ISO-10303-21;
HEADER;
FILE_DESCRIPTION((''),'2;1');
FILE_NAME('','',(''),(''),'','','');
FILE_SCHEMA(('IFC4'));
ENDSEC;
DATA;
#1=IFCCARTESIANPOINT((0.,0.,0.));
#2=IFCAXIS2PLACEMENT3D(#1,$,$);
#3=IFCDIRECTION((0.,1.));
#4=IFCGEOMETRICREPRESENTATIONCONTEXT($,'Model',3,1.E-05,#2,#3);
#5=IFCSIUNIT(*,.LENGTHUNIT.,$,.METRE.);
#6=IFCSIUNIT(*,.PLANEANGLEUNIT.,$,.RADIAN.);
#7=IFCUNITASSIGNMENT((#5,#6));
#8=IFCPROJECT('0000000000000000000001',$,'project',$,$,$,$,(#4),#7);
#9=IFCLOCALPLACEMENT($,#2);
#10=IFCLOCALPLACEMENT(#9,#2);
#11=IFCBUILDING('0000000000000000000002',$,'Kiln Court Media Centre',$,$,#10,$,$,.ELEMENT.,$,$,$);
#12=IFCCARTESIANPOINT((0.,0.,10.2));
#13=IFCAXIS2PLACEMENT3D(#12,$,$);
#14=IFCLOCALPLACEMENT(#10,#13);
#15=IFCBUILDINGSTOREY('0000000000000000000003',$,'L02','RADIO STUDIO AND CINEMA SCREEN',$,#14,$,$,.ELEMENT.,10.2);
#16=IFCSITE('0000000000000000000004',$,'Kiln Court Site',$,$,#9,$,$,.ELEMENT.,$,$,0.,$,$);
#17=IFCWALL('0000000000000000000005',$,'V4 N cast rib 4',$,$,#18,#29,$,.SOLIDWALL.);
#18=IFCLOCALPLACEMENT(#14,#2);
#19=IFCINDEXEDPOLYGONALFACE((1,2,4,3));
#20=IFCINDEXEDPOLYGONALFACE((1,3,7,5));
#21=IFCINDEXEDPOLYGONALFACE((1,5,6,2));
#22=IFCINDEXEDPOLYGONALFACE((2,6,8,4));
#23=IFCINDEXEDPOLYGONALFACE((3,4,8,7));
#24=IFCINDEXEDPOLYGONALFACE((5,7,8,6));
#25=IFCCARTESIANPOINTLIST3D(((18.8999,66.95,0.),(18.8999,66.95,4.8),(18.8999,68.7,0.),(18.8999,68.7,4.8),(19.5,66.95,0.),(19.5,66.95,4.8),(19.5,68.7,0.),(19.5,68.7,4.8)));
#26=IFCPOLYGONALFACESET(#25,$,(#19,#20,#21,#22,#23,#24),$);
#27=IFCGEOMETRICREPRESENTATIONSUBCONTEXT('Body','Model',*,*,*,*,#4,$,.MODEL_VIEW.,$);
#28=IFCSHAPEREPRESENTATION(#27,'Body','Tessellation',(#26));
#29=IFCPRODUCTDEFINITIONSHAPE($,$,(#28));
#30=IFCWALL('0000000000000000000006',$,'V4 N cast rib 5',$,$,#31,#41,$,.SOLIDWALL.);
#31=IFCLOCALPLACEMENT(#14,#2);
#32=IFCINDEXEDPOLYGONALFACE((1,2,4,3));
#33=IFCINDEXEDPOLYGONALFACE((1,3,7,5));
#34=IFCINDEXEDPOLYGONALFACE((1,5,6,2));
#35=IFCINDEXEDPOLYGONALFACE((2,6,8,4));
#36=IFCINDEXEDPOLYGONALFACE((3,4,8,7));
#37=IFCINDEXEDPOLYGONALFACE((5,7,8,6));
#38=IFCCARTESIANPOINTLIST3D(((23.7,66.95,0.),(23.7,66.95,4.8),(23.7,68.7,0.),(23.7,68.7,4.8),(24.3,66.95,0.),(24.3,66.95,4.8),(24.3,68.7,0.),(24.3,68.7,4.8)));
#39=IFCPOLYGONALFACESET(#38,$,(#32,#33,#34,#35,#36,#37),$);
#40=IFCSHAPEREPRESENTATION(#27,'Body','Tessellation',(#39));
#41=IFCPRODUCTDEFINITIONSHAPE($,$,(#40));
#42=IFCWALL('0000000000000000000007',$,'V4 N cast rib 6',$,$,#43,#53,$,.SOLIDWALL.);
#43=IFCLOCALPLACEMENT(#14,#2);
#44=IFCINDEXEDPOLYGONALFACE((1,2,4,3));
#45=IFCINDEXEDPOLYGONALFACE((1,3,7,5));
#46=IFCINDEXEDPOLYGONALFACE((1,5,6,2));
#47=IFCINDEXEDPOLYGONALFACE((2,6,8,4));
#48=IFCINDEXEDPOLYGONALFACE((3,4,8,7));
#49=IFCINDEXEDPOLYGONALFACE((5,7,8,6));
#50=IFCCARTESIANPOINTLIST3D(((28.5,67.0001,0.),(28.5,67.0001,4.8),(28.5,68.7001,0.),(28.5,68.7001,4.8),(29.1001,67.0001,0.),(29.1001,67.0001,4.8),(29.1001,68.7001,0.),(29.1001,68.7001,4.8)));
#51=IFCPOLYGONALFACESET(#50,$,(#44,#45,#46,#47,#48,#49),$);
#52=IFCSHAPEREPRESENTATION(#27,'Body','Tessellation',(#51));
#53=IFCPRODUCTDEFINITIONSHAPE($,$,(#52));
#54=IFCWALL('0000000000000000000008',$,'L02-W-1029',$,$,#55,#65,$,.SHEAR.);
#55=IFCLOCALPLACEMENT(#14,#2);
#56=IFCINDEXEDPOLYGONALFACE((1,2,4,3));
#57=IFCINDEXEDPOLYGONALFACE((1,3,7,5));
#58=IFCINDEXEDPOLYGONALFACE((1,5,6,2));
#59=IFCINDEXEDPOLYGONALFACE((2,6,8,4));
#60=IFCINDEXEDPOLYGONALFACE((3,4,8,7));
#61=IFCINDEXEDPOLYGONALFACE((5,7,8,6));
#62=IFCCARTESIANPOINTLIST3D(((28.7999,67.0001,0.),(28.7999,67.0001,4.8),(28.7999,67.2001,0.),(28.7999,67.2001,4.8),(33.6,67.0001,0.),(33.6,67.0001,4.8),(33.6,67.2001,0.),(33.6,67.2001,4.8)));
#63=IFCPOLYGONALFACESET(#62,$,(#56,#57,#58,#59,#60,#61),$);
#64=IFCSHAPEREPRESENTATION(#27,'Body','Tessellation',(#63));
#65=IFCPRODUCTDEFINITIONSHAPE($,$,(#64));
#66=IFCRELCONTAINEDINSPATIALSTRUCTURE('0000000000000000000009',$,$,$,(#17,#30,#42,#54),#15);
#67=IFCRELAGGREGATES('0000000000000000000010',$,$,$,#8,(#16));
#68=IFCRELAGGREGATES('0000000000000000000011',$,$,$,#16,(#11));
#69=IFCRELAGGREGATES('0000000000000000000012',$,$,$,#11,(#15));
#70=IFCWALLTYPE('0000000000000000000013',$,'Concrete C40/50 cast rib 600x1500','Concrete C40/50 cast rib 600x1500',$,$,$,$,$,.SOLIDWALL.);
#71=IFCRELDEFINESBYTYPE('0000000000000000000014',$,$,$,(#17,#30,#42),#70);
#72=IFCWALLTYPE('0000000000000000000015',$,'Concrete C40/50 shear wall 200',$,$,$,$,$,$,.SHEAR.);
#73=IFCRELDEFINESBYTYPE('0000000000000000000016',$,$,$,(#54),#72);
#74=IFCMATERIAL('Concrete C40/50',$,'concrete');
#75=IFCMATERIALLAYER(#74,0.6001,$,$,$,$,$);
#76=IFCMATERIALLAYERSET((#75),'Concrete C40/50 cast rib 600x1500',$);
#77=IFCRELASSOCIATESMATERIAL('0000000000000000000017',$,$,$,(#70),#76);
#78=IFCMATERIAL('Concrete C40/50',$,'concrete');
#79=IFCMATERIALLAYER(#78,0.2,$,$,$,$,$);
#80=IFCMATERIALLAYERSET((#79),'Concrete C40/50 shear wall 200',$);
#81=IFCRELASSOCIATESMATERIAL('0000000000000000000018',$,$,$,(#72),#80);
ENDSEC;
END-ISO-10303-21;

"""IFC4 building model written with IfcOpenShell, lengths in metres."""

from ifc_helpers import new_model, si_unit, direction, frame, frame_2d, origin, place, context, subcontext, project, spatial, rectangle, extrude, material, layer, layer_set, type_object, element, save


model = new_model("IFC4")

# Units and contexts
model_context = context("Model", 3, precision=1e-05, world=origin(), true_north=direction((0.0, 1.0)))
body_context = subcontext(model_context, "Body", "Model", "MODEL_VIEW")
ifc_project = project(units=[si_unit("LENGTHUNIT", "METRE"), si_unit("PLANEANGLEUNIT", "RADIAN")], contexts=[model_context])

# Site, building, storey
site_placement = place(None, origin())
site = spatial("IfcSite", under=ifc_project, at=site_placement, Name="Kiln Court Site", CompositionType="ELEMENT", RefElevation=0.0)
building_placement = place(site_placement, origin())
building = spatial("IfcBuilding", under=site, at=building_placement, Name="Kiln Court Media Centre", CompositionType="ELEMENT")
storey_placement = place(building_placement, frame((0.0, 0.0, 10.2)))
storey = spatial("IfcBuildingStorey", under=building, at=storey_placement, Name="L02", Description="RADIO STUDIO AND CINEMA SCREEN", CompositionType="ELEMENT", Elevation=10.2)

# Walls
ifc_material_1 = material(Name="Concrete C40/50", Category="concrete")
ifc_layer_1 = layer(ifc_material_1, 0.6001)
ifc_layer_set_1 = layer_set([ifc_layer_1], Name="Concrete C40/50 cast rib 600x1500")
wall_type_1 = type_object("IfcWallType", Name="Concrete C40/50 cast rib 600x1500", Description="Concrete C40/50 cast rib 600x1500", PredefinedType="SOLIDWALL", material=ifc_layer_set_1)
for number, where, z_axis, x_axis, name in (
    (1, (19.2, 66.95, 0.0), (0.0, 0.0, 1.0), (0.0, 1.0, 0.0), "V4 N cast rib 4"),
    (2, (24.0, 66.95, 0.0), (0.0, 0.0, 1.0), (0.0, 1.0, 0.0), "V4 N cast rib 5"),
):
    element("IfcWall", number, at=place(storey_placement, frame(where, z_axis=z_axis, x_axis=x_axis)), inside=storey, type_object=wall_type_1, Name=name, PredefinedType="SOLIDWALL", context=body_context, shape_type="SweptSolid", body=[
        extrude(rectangle(XDim=1.75, YDim=0.6001, at=frame_2d((0.875, 0.0))), origin(), (0.0, 0.0, 1.0), 4.8),
    ])
wall_1_placement = place(storey_placement, frame((28.8, 67.0, 0.0), z_axis=(0.0, 0.0, 1.0), x_axis=(0.0, 1.0, 0.0)))
element("IfcWall", 3, at=wall_1_placement, inside=storey, type_object=wall_type_1, Name="V4 N cast rib 6", PredefinedType="SOLIDWALL", context=body_context, shape_type="SweptSolid", body=[
    extrude(rectangle(XDim=1.7, YDim=0.6001, at=frame_2d((0.8501, 0.0))), origin(), (0.0, 0.0, 1.0), 4.8),
])
ifc_material_2 = material(Name="Concrete C40/50", Category="concrete")
ifc_layer_2 = layer(ifc_material_2, 0.2)
ifc_layer_set_2 = layer_set([ifc_layer_2], Name="Concrete C40/50 shear wall 200")
wall_type_2 = type_object("IfcWallType", Name="Concrete C40/50 shear wall 200", PredefinedType="SHEAR", material=ifc_layer_set_2)
wall_2_placement = place(storey_placement, frame((28.8, 67.1001, 0.0), z_axis=(0.0, 0.0, 1.0), x_axis=(1.0, 0.0, 0.0)))
element("IfcWall", 4, at=wall_2_placement, inside=storey, type_object=wall_type_2, Name="L02-W-1029", PredefinedType="SHEAR", context=body_context, shape_type="SweptSolid", body=[
    extrude(rectangle(XDim=4.8, YDim=0.2, at=frame_2d((2.3999, 0.0))), origin(), (0.0, 0.0, 1.0), 4.8),
])

save(model, "model.ifc")
